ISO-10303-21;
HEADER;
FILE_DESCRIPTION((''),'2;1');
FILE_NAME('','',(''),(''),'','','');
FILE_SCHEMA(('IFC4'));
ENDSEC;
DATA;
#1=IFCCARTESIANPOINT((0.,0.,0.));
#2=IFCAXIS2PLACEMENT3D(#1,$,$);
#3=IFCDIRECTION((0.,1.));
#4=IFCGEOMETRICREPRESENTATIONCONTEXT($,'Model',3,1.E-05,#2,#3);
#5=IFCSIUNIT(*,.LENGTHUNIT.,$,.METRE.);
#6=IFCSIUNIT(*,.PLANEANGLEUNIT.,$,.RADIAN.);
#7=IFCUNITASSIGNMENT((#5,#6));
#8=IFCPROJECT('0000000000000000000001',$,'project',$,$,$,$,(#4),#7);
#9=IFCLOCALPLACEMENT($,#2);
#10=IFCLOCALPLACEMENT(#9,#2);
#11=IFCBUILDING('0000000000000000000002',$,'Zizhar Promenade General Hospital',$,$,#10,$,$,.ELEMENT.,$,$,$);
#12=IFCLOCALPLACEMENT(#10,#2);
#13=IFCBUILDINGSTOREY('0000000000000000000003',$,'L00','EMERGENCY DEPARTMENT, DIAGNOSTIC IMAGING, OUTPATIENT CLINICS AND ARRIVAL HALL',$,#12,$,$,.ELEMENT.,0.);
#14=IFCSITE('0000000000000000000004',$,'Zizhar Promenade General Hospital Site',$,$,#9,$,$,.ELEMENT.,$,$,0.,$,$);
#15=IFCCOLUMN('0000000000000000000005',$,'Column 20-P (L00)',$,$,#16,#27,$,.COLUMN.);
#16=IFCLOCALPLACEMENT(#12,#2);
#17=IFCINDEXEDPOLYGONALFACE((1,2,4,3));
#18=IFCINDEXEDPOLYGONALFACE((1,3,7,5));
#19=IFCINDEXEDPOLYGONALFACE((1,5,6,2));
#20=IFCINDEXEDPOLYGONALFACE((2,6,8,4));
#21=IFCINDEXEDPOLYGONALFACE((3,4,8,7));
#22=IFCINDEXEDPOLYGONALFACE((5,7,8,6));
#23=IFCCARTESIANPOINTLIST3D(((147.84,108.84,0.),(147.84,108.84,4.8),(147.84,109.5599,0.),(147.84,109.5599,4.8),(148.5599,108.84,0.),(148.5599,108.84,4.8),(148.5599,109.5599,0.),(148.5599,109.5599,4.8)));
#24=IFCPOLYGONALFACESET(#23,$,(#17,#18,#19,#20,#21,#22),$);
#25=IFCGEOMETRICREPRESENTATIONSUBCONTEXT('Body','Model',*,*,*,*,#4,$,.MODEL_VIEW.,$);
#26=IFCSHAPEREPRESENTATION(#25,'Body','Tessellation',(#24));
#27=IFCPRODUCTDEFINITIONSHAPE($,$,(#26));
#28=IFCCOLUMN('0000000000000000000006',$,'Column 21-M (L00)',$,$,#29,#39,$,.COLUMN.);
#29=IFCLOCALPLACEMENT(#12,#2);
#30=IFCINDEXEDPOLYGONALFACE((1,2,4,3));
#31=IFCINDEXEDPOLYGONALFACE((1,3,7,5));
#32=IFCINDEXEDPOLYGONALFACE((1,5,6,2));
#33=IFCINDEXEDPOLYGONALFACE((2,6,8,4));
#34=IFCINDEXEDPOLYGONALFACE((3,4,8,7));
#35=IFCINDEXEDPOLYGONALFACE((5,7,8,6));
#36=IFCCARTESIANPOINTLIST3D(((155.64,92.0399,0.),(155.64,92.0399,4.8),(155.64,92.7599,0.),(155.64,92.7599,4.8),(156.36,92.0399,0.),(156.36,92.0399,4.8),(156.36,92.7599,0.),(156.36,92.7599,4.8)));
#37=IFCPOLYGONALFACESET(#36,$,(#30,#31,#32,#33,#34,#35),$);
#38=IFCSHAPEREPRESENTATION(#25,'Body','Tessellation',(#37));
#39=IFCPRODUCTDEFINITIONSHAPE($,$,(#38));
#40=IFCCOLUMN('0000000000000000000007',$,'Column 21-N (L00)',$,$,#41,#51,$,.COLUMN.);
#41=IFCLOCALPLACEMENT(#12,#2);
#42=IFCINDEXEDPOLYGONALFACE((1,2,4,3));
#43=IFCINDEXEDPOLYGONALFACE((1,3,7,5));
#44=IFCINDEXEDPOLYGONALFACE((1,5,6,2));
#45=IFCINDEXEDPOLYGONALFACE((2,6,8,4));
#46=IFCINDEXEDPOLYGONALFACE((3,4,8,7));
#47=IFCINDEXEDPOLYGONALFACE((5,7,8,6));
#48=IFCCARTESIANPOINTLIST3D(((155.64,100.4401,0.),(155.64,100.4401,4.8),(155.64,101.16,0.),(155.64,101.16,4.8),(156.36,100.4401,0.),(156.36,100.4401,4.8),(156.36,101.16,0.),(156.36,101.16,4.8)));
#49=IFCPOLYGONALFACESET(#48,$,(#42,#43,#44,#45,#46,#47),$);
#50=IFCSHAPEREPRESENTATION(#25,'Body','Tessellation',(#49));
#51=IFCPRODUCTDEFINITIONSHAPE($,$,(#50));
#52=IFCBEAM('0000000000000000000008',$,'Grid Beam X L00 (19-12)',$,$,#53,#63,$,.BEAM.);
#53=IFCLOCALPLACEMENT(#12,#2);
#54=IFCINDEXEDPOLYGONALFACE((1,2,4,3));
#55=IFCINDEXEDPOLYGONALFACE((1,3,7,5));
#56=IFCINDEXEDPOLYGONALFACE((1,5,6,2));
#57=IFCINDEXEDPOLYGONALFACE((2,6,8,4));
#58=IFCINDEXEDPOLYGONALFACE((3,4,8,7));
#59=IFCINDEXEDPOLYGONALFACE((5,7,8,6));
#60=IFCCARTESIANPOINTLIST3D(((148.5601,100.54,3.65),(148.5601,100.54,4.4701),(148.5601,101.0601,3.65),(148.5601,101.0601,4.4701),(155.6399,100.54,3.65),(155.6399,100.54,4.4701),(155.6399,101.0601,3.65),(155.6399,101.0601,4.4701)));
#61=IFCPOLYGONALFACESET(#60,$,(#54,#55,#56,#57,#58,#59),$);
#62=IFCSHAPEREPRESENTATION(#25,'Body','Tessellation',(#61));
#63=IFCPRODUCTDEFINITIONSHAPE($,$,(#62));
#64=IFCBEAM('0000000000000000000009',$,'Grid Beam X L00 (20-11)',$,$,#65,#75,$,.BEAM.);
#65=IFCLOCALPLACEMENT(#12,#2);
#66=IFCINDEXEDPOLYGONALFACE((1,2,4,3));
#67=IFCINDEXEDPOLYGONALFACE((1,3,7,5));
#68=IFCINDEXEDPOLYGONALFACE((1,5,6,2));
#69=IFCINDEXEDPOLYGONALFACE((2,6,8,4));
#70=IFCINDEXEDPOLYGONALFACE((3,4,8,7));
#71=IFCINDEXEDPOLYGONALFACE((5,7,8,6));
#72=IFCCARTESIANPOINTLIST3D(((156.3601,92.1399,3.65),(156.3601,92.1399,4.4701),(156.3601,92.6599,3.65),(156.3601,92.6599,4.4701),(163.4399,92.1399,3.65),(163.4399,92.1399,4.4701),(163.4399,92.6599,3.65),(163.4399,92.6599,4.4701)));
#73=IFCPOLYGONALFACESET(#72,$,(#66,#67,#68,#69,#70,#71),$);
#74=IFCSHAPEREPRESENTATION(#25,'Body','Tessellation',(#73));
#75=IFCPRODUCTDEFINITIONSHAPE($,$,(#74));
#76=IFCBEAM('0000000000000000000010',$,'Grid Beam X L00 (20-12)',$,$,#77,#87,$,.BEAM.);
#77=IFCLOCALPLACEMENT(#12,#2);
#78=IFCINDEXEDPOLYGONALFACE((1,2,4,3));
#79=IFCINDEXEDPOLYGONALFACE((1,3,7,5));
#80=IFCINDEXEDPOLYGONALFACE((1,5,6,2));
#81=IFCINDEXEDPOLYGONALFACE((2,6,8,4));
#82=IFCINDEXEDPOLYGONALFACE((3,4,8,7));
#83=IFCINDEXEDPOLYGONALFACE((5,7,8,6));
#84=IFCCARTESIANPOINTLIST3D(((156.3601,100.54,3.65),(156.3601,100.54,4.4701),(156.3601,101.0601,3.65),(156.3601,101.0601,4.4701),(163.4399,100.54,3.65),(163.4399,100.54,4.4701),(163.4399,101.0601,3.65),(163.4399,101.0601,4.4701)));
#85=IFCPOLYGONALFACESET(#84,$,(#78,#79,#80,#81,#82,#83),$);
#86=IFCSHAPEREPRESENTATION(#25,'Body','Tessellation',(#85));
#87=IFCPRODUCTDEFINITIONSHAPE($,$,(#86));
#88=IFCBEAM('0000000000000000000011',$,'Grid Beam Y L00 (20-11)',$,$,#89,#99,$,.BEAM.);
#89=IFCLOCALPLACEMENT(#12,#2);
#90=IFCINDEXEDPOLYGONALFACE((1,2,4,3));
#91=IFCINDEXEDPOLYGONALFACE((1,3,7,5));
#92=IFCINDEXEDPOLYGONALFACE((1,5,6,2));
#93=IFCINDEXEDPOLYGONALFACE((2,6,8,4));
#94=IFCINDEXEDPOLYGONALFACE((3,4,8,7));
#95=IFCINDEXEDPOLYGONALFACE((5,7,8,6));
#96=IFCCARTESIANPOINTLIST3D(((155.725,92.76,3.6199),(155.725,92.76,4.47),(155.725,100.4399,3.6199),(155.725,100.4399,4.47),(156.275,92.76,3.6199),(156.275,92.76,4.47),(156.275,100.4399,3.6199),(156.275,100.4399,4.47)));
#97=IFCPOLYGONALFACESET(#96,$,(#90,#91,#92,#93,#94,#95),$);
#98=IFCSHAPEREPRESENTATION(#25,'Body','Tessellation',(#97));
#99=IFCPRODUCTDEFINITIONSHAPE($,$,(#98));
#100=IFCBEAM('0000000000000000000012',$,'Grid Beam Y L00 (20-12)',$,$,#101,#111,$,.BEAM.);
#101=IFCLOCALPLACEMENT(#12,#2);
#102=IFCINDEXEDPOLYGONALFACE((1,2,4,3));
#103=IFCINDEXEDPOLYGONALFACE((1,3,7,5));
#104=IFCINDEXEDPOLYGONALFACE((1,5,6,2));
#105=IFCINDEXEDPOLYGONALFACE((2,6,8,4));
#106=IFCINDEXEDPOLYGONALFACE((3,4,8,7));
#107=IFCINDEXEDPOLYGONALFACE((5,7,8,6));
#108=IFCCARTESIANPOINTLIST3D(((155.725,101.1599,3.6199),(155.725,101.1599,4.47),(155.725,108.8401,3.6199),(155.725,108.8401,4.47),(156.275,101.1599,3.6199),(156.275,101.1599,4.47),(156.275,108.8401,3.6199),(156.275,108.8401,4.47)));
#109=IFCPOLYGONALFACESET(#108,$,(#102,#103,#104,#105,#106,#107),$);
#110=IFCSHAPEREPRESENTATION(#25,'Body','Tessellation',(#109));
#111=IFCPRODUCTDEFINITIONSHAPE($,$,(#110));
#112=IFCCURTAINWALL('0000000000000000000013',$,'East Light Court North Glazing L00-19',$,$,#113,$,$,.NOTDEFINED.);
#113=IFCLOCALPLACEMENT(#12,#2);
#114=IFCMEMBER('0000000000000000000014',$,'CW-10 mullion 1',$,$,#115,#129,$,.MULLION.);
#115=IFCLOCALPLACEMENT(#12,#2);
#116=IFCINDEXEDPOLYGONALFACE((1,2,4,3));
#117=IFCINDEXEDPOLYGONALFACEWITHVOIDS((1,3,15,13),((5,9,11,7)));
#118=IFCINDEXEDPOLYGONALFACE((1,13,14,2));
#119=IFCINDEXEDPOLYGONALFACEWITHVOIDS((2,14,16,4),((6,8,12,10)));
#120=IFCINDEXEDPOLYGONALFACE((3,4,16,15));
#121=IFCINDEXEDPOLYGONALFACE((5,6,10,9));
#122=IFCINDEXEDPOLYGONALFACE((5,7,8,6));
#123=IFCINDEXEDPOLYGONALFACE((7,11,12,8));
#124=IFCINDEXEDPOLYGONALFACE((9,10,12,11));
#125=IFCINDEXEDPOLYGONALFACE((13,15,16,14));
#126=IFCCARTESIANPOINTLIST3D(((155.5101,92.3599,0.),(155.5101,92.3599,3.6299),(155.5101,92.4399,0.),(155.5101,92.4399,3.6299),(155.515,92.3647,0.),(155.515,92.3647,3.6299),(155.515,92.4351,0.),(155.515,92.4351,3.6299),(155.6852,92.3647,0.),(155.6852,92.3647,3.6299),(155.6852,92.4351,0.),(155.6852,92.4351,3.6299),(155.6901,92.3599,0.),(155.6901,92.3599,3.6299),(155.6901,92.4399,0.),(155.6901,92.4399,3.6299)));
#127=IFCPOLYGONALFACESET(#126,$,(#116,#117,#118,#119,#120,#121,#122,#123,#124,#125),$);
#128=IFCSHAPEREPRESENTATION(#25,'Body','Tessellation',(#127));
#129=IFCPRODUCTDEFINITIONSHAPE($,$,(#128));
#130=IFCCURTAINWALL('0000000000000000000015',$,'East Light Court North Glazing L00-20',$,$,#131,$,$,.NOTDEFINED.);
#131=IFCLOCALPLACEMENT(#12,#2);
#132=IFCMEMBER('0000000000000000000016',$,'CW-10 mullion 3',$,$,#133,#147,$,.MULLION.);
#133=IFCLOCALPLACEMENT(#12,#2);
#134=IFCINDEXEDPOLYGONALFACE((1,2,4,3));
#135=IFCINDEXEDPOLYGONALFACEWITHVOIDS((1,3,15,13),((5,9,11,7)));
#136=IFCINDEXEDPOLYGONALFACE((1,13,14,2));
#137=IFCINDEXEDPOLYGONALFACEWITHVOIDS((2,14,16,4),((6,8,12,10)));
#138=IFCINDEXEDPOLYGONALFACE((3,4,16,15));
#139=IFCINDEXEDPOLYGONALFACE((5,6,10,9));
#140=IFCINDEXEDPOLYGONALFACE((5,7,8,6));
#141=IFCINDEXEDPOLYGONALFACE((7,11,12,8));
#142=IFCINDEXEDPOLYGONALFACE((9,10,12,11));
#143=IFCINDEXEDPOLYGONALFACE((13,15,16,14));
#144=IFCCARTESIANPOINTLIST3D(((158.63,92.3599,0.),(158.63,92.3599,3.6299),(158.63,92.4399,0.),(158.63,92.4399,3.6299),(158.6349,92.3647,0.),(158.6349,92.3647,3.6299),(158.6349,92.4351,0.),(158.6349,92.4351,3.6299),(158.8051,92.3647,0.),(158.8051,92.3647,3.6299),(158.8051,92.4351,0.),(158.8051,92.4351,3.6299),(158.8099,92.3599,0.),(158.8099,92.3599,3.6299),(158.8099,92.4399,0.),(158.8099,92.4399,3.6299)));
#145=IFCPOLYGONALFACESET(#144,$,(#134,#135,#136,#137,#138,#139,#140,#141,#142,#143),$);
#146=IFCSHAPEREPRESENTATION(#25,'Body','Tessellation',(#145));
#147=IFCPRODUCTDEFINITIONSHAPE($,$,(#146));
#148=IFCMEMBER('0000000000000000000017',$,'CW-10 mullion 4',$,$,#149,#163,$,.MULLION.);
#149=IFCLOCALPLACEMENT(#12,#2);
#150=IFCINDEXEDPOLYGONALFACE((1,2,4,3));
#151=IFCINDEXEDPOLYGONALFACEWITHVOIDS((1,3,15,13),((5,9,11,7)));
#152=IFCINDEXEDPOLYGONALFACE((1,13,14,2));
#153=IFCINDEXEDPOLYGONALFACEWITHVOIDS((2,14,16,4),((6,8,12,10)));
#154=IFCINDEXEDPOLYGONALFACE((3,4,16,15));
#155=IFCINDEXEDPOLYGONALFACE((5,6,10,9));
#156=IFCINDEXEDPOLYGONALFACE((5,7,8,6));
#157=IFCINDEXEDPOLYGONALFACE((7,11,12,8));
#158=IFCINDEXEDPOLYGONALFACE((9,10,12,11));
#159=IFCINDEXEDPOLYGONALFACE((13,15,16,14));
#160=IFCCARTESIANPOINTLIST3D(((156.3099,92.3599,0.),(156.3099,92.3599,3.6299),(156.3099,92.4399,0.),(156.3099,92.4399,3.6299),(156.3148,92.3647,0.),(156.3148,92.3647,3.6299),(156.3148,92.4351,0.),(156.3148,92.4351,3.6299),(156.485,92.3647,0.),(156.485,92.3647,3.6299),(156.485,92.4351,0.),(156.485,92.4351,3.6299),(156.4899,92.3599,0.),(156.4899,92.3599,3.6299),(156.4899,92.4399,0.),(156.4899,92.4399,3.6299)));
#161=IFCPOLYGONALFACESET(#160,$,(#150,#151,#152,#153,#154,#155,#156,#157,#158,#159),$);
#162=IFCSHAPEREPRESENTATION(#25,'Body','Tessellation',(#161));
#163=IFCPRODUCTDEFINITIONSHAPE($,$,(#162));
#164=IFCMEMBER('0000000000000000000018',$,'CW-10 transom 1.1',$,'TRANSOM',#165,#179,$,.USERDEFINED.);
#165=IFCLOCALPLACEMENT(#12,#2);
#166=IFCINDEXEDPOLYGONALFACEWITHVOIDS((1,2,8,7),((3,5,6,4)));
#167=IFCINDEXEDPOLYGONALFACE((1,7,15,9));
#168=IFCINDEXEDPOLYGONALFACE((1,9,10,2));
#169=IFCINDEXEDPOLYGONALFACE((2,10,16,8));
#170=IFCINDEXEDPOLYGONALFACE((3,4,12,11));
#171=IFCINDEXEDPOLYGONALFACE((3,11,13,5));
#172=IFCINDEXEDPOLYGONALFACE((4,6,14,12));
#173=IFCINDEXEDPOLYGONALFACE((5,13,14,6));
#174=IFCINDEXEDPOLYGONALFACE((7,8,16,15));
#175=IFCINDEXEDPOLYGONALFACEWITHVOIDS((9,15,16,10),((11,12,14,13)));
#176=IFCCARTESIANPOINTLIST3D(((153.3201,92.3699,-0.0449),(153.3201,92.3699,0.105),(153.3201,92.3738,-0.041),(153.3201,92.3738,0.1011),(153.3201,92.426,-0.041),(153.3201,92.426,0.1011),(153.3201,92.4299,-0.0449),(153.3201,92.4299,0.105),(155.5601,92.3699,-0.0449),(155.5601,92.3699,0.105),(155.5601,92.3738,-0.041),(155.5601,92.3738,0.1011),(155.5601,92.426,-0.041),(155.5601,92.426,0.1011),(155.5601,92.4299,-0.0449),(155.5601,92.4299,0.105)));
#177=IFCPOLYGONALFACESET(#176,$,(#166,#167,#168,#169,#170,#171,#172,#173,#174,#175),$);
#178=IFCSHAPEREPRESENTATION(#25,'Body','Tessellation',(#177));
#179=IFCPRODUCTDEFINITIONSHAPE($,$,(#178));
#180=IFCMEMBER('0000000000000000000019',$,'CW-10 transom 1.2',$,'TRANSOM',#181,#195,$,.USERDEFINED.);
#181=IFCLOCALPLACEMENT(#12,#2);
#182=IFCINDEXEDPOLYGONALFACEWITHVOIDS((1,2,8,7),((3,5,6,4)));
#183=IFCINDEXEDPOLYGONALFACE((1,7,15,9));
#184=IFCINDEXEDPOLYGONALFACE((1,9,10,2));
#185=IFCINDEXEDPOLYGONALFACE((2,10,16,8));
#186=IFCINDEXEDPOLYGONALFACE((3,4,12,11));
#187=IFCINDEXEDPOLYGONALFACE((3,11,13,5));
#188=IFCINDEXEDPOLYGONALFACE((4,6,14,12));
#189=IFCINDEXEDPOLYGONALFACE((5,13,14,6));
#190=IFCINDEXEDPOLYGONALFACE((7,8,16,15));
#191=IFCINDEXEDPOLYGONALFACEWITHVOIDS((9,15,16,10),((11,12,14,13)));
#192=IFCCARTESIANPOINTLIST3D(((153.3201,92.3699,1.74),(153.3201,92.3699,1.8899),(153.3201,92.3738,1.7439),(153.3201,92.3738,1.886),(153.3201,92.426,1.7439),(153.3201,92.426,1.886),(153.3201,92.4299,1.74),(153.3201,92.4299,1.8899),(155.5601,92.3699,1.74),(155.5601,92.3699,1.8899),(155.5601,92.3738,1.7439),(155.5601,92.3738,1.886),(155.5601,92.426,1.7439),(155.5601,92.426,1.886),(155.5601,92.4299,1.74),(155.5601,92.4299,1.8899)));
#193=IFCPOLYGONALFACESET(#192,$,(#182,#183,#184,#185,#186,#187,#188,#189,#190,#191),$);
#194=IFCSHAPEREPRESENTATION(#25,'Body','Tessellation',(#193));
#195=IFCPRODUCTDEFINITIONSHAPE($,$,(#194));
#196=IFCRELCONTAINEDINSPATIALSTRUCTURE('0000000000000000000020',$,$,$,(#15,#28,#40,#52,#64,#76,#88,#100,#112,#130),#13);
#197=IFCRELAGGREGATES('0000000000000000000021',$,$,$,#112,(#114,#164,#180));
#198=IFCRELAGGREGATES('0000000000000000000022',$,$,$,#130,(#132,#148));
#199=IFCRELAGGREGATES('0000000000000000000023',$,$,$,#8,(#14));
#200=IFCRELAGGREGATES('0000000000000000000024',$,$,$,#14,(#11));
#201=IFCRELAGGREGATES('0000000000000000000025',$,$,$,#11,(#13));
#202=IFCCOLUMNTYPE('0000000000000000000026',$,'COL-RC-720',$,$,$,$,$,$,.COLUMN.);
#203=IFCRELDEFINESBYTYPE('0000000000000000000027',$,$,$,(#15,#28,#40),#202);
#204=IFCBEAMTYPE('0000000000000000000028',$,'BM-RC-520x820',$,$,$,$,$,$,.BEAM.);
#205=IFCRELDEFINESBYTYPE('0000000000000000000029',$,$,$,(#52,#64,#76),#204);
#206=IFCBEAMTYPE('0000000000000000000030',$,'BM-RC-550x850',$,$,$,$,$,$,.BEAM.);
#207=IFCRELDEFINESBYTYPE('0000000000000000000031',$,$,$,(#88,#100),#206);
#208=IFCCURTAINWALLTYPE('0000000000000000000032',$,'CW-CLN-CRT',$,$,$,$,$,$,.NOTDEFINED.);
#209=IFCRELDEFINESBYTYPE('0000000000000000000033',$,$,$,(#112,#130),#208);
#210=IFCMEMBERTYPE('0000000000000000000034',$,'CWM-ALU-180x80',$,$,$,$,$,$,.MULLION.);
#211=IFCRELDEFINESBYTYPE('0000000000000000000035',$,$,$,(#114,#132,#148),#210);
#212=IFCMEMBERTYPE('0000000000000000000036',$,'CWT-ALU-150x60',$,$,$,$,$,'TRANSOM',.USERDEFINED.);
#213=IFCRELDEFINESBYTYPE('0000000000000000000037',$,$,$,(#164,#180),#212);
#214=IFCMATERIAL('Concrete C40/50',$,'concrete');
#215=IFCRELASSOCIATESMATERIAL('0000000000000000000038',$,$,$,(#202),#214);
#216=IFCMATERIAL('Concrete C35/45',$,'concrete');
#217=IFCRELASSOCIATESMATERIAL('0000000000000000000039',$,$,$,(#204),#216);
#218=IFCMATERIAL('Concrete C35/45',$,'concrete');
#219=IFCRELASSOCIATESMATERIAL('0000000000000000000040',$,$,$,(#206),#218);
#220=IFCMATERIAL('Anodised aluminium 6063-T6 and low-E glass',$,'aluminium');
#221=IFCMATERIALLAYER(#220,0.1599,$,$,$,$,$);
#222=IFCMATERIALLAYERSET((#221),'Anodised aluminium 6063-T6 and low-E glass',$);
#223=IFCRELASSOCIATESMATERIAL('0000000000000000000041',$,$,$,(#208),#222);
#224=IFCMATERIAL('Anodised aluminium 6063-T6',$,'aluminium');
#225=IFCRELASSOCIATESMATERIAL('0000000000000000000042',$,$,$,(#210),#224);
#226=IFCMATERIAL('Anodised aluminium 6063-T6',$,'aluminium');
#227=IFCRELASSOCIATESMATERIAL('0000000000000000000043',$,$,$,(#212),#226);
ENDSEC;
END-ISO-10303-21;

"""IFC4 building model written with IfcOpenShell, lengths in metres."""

from ifc_helpers import new_model, si_unit, direction, frame, origin, origin_2d, place, context, subcontext, project, spatial, rectangle, hollow_rectangle, extrude, material, layer, layer_set, material_profile, profile_set, type_object, element, aggregate, save


model = new_model("IFC4")

# Units and contexts
model_context = context("Model", 3, precision=1e-05, world=origin(), true_north=direction((0.0, 1.0)))
body_context = subcontext(model_context, "Body", "Model", "MODEL_VIEW")
ifc_project = project(units=[si_unit("LENGTHUNIT", "METRE"), si_unit("PLANEANGLEUNIT", "RADIAN")], contexts=[model_context])

# Site, building, storey
site_placement = place(None, origin())
site = spatial("IfcSite", under=ifc_project, at=site_placement, Name="Zizhar Promenade General Hospital Site", CompositionType="ELEMENT", RefElevation=0.0)
building_placement = place(site_placement, origin())
building = spatial("IfcBuilding", under=site, at=building_placement, Name="Zizhar Promenade General Hospital", CompositionType="ELEMENT")
storey_placement = place(building_placement, origin())
storey = spatial("IfcBuildingStorey", under=building, at=storey_placement, Name="L00", Description="EMERGENCY DEPARTMENT, DIAGNOSTIC IMAGING, OUTPATIENT CLINICS AND ARRIVAL HALL", CompositionType="ELEMENT", Elevation=0.0)

# Columns
ifc_material_1 = material(Name="Concrete C40/50", Category="concrete")
ifc_material_profile_1 = material_profile(ifc_material_1, rectangle(XDim=0.72, YDim=0.72, at=origin_2d()))
ifc_profile_set_1 = profile_set([ifc_material_profile_1], Name="Concrete C40/50")
column_type = type_object("IfcColumnType", Name="COL-RC-720", PredefinedType="COLUMN", material=ifc_profile_set_1)
for number, where, z_axis, x_axis, name in (
    (1, (148.2, 109.2, 0.0), (0.0, 0.0, 1.0), (1.0, 0.0, 0.0), "Column 20-P (L00)"),
    (2, (156.0, 92.3999, 0.0), (0.0, 0.0, 1.0), (1.0, 0.0, 0.0), "Column 21-M (L00)"),
    (3, (156.0, 100.8, 0.0), (0.0, 0.0, 1.0), (1.0, 0.0, 0.0), "Column 21-N (L00)"),
):
    element("IfcColumn", number, at=place(storey_placement, frame(where, z_axis=z_axis, x_axis=x_axis)), inside=storey, type_object=column_type, Name=name, PredefinedType="COLUMN", context=body_context, shape_type="SweptSolid", body=[
        extrude(rectangle(XDim=0.72, YDim=0.72, at=origin_2d()), origin(), (0.0, 0.0, 1.0), 4.8),
    ])

# Beams
ifc_material_2 = material(Name="Concrete C35/45", Category="concrete")
ifc_material_profile_2 = material_profile(ifc_material_2, rectangle(XDim=0.52, YDim=0.8201, at=origin_2d()))
ifc_profile_set_2 = profile_set([ifc_material_profile_2], Name="Concrete C35/45")
beam_type_1 = type_object("IfcBeamType", Name="BM-RC-520x820", PredefinedType="BEAM", material=ifc_profile_set_2)
for number, where, z_axis, x_axis, name in (
    (4, (148.5601, 100.8, 4.0601), (1.0, 0.0, 0.0), (0.0, 1.0, 0.0), "Grid Beam X L00 (19-12)"),
    (5, (156.3601, 92.3999, 4.0601), (1.0, 0.0, 0.0), (0.0, 1.0, 0.0), "Grid Beam X L00 (20-11)"),
    (6, (156.3601, 100.8, 4.0601), (1.0, 0.0, 0.0), (0.0, 1.0, 0.0), "Grid Beam X L00 (20-12)"),
):
    element("IfcBeam", number, at=place(storey_placement, frame(where, z_axis=z_axis, x_axis=x_axis)), inside=storey, type_object=beam_type_1, Name=name, PredefinedType="BEAM", context=body_context, shape_type="SweptSolid", body=[
        extrude(rectangle(XDim=0.52, YDim=0.8201, at=origin_2d()), origin(), (0.0, 0.0, 1.0), 7.0798),
    ])
ifc_material_3 = material(Name="Concrete C35/45", Category="concrete")
ifc_material_profile_3 = material_profile(ifc_material_3, rectangle(XDim=0.55, YDim=0.8501, at=origin_2d()))
ifc_profile_set_3 = profile_set([ifc_material_profile_3], Name="Concrete C35/45")
beam_type_2 = type_object("IfcBeamType", Name="BM-RC-550x850", PredefinedType="BEAM", material=ifc_profile_set_3)
beam_1_placement = place(storey_placement, frame((156.0, 92.76, 4.0449), z_axis=(0.0, 1.0, 0.0), x_axis=(-1.0, 0.0, 0.0)))
element("IfcBeam", 7, at=beam_1_placement, inside=storey, type_object=beam_type_2, Name="Grid Beam Y L00 (20-11)", PredefinedType="BEAM", context=body_context, shape_type="SweptSolid", body=[
    extrude(rectangle(XDim=0.55, YDim=0.8501, at=origin_2d()), origin(), (0.0, 0.0, 1.0), 7.6799),
])
beam_2_placement = place(storey_placement, frame((156.0, 101.1599, 4.0449), z_axis=(0.0, 1.0, 0.0), x_axis=(-1.0, 0.0, 0.0)))
element("IfcBeam", 8, at=beam_2_placement, inside=storey, type_object=beam_type_2, Name="Grid Beam Y L00 (20-12)", PredefinedType="BEAM", context=body_context, shape_type="SweptSolid", body=[
    extrude(rectangle(XDim=0.55, YDim=0.8501, at=origin_2d()), origin(), (0.0, 0.0, 1.0), 7.6802),
])

# Curtain wall, member
ifc_material_4 = material(Name="Anodised aluminium 6063-T6 and low-E glass", Category="aluminium")
ifc_layer_1 = layer(ifc_material_4, 0.1599)
ifc_layer_set_1 = layer_set([ifc_layer_1], Name="Anodised aluminium 6063-T6 and low-E glass")
curtain_wall_type = type_object("IfcCurtainWallType", Name="CW-CLN-CRT", PredefinedType="NOTDEFINED", material=ifc_layer_set_1)
curtain_wall_1_placement = place(storey_placement, origin())
curtain_wall_1 = element("IfcCurtainWall", 9, at=curtain_wall_1_placement, inside=storey, type_object=curtain_wall_type, Name="East Light Court North Glazing L00-19", PredefinedType="NOTDEFINED")
ifc_material_5 = material(Name="Anodised aluminium 6063-T6", Category="aluminium")
ifc_material_profile_4 = material_profile(ifc_material_5, hollow_rectangle(XDim=0.0801, YDim=0.1799, WallThickness=0.0049, at=origin_2d()))
ifc_profile_set_4 = profile_set([ifc_material_profile_4], Name="Anodised aluminium 6063-T6")
member_type_1 = type_object("IfcMemberType", Name="CWM-ALU-180x80", PredefinedType="MULLION", material=ifc_profile_set_4)
member_1_placement = place(storey_placement, frame((155.6001, 92.3999, 0.0), z_axis=(0.0, 0.0, 1.0), x_axis=(0.0, -1.0, 0.0)))
member_1 = element("IfcMember", 10, at=member_1_placement, type_object=member_type_1, Name="CW-10 mullion 1", PredefinedType="MULLION", context=body_context, shape_type="SweptSolid", body=[
    extrude(hollow_rectangle(XDim=0.0801, YDim=0.1799, WallThickness=0.0049, at=origin_2d()), origin(), (0.0, 0.0, 1.0), 3.6299),
])

# Curtain wall, members
curtain_wall_2_placement = place(storey_placement, origin())
curtain_wall_2 = element("IfcCurtainWall", 11, at=curtain_wall_2_placement, inside=storey, type_object=curtain_wall_type, Name="East Light Court North Glazing L00-20", PredefinedType="NOTDEFINED")
member_2_placement = place(storey_placement, frame((158.72, 92.3999, 0.0), z_axis=(0.0, 0.0, 1.0), x_axis=(0.0, -1.0, 0.0)))
member_2 = element("IfcMember", 12, at=member_2_placement, type_object=member_type_1, Name="CW-10 mullion 3", PredefinedType="MULLION", context=body_context, shape_type="SweptSolid", body=[
    extrude(hollow_rectangle(XDim=0.0801, YDim=0.1799, WallThickness=0.0049, at=origin_2d()), origin(), (0.0, 0.0, 1.0), 3.6299),
])
member_3_placement = place(storey_placement, frame((156.3999, 92.3999, 0.0), z_axis=(0.0, 0.0, 1.0), x_axis=(0.0, -1.0, 0.0)))
member_3 = element("IfcMember", 13, at=member_3_placement, type_object=member_type_1, Name="CW-10 mullion 4", PredefinedType="MULLION", context=body_context, shape_type="SweptSolid", body=[
    extrude(hollow_rectangle(XDim=0.0801, YDim=0.1799, WallThickness=0.0049, at=origin_2d()), origin(), (0.0, 0.0, 1.0), 3.6299),
])

# Members
ifc_material_6 = material(Name="Anodised aluminium 6063-T6", Category="aluminium")
ifc_material_profile_5 = material_profile(ifc_material_6, hollow_rectangle(XDim=0.0601, YDim=0.1499, WallThickness=0.0039, at=origin_2d()))
ifc_profile_set_5 = profile_set([ifc_material_profile_5], Name="Anodised aluminium 6063-T6")
member_type_2 = type_object("IfcMemberType", Name="CWT-ALU-150x60", ElementType="TRANSOM", PredefinedType="USERDEFINED", material=ifc_profile_set_5)
member_4_placement = place(storey_placement, frame((155.5601, 92.3999, 0.03), z_axis=(-1.0, 0.0, 0.0), x_axis=(0.0, -1.0, 0.0)))
member_4 = element("IfcMember", 14, at=member_4_placement, type_object=member_type_2, Name="CW-10 transom 1.1", ObjectType="TRANSOM", PredefinedType="USERDEFINED", context=body_context, shape_type="SweptSolid", body=[
    extrude(hollow_rectangle(XDim=0.0601, YDim=0.1499, WallThickness=0.0039, at=origin_2d()), origin(), (0.0, 0.0, 1.0), 2.24),
])
member_5_placement = place(storey_placement, frame((155.5601, 92.3999, 1.8149), z_axis=(-1.0, 0.0, 0.0), x_axis=(0.0, -1.0, 0.0)))
member_5 = element("IfcMember", 15, at=member_5_placement, type_object=member_type_2, Name="CW-10 transom 1.2", ObjectType="TRANSOM", PredefinedType="USERDEFINED", context=body_context, shape_type="SweptSolid", body=[
    extrude(hollow_rectangle(XDim=0.0601, YDim=0.1499, WallThickness=0.0039, at=origin_2d()), origin(), (0.0, 0.0, 1.0), 2.24),
])

aggregate(curtain_wall_1, [member_1, member_4, member_5])
aggregate(curtain_wall_2, [member_2, member_3])

save(model, "model.ifc")
